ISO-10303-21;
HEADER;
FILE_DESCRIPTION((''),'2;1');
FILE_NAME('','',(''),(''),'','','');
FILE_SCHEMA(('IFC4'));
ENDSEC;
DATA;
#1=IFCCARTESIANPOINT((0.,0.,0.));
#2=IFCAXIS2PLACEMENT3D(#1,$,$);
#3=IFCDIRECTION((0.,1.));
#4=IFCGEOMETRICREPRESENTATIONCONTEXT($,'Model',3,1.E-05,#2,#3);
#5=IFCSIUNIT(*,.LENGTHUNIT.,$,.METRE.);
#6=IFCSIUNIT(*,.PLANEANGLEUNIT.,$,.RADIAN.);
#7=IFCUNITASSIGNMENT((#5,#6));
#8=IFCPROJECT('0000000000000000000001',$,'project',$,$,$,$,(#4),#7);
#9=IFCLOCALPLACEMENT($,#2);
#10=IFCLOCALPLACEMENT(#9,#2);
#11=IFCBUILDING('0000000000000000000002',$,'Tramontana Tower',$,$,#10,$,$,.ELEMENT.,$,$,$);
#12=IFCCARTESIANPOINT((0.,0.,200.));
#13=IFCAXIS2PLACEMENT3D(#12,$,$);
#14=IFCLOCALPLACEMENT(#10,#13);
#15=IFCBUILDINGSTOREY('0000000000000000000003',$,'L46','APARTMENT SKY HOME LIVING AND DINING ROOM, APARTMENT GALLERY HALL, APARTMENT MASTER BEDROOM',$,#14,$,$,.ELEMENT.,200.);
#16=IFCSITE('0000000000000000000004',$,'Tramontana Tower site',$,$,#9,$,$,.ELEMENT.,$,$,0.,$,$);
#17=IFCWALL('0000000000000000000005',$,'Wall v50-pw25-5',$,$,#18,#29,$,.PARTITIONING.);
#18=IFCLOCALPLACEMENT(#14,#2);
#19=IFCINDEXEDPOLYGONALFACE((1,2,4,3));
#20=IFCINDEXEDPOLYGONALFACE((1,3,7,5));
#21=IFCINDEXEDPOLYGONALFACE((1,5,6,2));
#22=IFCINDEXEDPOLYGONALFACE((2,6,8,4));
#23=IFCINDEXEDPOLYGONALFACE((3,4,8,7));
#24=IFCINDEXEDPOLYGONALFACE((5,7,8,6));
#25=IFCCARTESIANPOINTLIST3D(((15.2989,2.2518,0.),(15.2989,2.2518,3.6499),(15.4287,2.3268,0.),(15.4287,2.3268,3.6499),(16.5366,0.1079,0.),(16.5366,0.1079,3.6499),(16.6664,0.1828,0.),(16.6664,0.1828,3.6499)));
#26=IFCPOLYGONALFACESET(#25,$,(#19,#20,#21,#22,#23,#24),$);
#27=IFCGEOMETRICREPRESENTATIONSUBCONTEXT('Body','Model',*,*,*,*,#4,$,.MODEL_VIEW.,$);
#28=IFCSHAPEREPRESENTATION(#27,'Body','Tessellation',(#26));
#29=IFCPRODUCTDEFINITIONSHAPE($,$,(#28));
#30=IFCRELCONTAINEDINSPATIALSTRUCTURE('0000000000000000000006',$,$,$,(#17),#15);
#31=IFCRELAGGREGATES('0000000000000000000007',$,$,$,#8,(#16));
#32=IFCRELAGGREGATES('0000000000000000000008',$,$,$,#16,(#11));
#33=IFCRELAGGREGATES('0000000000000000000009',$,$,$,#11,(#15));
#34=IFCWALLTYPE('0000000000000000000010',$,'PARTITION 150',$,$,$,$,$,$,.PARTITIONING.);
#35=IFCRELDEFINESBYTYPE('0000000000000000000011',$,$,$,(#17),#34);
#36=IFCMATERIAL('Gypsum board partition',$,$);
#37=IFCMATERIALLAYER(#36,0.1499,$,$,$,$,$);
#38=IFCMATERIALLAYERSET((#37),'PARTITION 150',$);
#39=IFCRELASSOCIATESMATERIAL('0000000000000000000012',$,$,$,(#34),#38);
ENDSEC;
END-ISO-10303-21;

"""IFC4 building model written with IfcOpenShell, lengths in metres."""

from ifc_helpers import new_model, si_unit, direction, frame, frame_2d, origin, place, context, subcontext, project, spatial, rectangle, extrude, material, layer, layer_set, type_object, element, save


model = new_model("IFC4")

# Units and contexts
model_context = context("Model", 3, precision=1e-05, world=origin(), true_north=direction((0.0, 1.0)))
body_context = subcontext(model_context, "Body", "Model", "MODEL_VIEW")
ifc_project = project(units=[si_unit("LENGTHUNIT", "METRE"), si_unit("PLANEANGLEUNIT", "RADIAN")], contexts=[model_context])

# Site, building, storey
site_placement = place(None, origin())
site = spatial("IfcSite", under=ifc_project, at=site_placement, Name="Tramontana Tower site", CompositionType="ELEMENT", RefElevation=0.0)
building_placement = place(site_placement, origin())
building = spatial("IfcBuilding", under=site, at=building_placement, Name="Tramontana Tower", CompositionType="ELEMENT")
storey_placement = place(building_placement, frame((0.0, 0.0, 200.0)))
storey = spatial("IfcBuildingStorey", under=building, at=storey_placement, Name="L46", Description="APARTMENT SKY HOME LIVING AND DINING ROOM, APARTMENT GALLERY HALL, APARTMENT MASTER BEDROOM", CompositionType="ELEMENT", Elevation=200.0)

# Shared definitions
ifc_material_1 = material(Name="Gypsum board partition")
ifc_layer_1 = layer(ifc_material_1, 0.1499)
ifc_layer_set_1 = layer_set([ifc_layer_1], Name="PARTITION 150")
wall_type_1 = type_object("IfcWallType", Name="PARTITION 150", PredefinedType="PARTITIONING", material=ifc_layer_set_1)

# Wall
wall_1_placement = place(storey_placement, frame((15.3638, 2.2893, 0.0), z_axis=(0.0, 0.0, 1.0), x_axis=(0.499979, -0.866038, 0.0)))
element("IfcWall", 1, at=wall_1_placement, inside=storey, type_object=wall_type_1, Name="Wall v50-pw25-5", PredefinedType="PARTITIONING", context=body_context, shape_type="SweptSolid", body=[
    extrude(rectangle(XDim=2.4756, YDim=0.1499, at=frame_2d((1.2378, 0.0))), origin(), (0.0, 0.0, 1.0), 3.6499),
])

save(model, "model.ifc")
